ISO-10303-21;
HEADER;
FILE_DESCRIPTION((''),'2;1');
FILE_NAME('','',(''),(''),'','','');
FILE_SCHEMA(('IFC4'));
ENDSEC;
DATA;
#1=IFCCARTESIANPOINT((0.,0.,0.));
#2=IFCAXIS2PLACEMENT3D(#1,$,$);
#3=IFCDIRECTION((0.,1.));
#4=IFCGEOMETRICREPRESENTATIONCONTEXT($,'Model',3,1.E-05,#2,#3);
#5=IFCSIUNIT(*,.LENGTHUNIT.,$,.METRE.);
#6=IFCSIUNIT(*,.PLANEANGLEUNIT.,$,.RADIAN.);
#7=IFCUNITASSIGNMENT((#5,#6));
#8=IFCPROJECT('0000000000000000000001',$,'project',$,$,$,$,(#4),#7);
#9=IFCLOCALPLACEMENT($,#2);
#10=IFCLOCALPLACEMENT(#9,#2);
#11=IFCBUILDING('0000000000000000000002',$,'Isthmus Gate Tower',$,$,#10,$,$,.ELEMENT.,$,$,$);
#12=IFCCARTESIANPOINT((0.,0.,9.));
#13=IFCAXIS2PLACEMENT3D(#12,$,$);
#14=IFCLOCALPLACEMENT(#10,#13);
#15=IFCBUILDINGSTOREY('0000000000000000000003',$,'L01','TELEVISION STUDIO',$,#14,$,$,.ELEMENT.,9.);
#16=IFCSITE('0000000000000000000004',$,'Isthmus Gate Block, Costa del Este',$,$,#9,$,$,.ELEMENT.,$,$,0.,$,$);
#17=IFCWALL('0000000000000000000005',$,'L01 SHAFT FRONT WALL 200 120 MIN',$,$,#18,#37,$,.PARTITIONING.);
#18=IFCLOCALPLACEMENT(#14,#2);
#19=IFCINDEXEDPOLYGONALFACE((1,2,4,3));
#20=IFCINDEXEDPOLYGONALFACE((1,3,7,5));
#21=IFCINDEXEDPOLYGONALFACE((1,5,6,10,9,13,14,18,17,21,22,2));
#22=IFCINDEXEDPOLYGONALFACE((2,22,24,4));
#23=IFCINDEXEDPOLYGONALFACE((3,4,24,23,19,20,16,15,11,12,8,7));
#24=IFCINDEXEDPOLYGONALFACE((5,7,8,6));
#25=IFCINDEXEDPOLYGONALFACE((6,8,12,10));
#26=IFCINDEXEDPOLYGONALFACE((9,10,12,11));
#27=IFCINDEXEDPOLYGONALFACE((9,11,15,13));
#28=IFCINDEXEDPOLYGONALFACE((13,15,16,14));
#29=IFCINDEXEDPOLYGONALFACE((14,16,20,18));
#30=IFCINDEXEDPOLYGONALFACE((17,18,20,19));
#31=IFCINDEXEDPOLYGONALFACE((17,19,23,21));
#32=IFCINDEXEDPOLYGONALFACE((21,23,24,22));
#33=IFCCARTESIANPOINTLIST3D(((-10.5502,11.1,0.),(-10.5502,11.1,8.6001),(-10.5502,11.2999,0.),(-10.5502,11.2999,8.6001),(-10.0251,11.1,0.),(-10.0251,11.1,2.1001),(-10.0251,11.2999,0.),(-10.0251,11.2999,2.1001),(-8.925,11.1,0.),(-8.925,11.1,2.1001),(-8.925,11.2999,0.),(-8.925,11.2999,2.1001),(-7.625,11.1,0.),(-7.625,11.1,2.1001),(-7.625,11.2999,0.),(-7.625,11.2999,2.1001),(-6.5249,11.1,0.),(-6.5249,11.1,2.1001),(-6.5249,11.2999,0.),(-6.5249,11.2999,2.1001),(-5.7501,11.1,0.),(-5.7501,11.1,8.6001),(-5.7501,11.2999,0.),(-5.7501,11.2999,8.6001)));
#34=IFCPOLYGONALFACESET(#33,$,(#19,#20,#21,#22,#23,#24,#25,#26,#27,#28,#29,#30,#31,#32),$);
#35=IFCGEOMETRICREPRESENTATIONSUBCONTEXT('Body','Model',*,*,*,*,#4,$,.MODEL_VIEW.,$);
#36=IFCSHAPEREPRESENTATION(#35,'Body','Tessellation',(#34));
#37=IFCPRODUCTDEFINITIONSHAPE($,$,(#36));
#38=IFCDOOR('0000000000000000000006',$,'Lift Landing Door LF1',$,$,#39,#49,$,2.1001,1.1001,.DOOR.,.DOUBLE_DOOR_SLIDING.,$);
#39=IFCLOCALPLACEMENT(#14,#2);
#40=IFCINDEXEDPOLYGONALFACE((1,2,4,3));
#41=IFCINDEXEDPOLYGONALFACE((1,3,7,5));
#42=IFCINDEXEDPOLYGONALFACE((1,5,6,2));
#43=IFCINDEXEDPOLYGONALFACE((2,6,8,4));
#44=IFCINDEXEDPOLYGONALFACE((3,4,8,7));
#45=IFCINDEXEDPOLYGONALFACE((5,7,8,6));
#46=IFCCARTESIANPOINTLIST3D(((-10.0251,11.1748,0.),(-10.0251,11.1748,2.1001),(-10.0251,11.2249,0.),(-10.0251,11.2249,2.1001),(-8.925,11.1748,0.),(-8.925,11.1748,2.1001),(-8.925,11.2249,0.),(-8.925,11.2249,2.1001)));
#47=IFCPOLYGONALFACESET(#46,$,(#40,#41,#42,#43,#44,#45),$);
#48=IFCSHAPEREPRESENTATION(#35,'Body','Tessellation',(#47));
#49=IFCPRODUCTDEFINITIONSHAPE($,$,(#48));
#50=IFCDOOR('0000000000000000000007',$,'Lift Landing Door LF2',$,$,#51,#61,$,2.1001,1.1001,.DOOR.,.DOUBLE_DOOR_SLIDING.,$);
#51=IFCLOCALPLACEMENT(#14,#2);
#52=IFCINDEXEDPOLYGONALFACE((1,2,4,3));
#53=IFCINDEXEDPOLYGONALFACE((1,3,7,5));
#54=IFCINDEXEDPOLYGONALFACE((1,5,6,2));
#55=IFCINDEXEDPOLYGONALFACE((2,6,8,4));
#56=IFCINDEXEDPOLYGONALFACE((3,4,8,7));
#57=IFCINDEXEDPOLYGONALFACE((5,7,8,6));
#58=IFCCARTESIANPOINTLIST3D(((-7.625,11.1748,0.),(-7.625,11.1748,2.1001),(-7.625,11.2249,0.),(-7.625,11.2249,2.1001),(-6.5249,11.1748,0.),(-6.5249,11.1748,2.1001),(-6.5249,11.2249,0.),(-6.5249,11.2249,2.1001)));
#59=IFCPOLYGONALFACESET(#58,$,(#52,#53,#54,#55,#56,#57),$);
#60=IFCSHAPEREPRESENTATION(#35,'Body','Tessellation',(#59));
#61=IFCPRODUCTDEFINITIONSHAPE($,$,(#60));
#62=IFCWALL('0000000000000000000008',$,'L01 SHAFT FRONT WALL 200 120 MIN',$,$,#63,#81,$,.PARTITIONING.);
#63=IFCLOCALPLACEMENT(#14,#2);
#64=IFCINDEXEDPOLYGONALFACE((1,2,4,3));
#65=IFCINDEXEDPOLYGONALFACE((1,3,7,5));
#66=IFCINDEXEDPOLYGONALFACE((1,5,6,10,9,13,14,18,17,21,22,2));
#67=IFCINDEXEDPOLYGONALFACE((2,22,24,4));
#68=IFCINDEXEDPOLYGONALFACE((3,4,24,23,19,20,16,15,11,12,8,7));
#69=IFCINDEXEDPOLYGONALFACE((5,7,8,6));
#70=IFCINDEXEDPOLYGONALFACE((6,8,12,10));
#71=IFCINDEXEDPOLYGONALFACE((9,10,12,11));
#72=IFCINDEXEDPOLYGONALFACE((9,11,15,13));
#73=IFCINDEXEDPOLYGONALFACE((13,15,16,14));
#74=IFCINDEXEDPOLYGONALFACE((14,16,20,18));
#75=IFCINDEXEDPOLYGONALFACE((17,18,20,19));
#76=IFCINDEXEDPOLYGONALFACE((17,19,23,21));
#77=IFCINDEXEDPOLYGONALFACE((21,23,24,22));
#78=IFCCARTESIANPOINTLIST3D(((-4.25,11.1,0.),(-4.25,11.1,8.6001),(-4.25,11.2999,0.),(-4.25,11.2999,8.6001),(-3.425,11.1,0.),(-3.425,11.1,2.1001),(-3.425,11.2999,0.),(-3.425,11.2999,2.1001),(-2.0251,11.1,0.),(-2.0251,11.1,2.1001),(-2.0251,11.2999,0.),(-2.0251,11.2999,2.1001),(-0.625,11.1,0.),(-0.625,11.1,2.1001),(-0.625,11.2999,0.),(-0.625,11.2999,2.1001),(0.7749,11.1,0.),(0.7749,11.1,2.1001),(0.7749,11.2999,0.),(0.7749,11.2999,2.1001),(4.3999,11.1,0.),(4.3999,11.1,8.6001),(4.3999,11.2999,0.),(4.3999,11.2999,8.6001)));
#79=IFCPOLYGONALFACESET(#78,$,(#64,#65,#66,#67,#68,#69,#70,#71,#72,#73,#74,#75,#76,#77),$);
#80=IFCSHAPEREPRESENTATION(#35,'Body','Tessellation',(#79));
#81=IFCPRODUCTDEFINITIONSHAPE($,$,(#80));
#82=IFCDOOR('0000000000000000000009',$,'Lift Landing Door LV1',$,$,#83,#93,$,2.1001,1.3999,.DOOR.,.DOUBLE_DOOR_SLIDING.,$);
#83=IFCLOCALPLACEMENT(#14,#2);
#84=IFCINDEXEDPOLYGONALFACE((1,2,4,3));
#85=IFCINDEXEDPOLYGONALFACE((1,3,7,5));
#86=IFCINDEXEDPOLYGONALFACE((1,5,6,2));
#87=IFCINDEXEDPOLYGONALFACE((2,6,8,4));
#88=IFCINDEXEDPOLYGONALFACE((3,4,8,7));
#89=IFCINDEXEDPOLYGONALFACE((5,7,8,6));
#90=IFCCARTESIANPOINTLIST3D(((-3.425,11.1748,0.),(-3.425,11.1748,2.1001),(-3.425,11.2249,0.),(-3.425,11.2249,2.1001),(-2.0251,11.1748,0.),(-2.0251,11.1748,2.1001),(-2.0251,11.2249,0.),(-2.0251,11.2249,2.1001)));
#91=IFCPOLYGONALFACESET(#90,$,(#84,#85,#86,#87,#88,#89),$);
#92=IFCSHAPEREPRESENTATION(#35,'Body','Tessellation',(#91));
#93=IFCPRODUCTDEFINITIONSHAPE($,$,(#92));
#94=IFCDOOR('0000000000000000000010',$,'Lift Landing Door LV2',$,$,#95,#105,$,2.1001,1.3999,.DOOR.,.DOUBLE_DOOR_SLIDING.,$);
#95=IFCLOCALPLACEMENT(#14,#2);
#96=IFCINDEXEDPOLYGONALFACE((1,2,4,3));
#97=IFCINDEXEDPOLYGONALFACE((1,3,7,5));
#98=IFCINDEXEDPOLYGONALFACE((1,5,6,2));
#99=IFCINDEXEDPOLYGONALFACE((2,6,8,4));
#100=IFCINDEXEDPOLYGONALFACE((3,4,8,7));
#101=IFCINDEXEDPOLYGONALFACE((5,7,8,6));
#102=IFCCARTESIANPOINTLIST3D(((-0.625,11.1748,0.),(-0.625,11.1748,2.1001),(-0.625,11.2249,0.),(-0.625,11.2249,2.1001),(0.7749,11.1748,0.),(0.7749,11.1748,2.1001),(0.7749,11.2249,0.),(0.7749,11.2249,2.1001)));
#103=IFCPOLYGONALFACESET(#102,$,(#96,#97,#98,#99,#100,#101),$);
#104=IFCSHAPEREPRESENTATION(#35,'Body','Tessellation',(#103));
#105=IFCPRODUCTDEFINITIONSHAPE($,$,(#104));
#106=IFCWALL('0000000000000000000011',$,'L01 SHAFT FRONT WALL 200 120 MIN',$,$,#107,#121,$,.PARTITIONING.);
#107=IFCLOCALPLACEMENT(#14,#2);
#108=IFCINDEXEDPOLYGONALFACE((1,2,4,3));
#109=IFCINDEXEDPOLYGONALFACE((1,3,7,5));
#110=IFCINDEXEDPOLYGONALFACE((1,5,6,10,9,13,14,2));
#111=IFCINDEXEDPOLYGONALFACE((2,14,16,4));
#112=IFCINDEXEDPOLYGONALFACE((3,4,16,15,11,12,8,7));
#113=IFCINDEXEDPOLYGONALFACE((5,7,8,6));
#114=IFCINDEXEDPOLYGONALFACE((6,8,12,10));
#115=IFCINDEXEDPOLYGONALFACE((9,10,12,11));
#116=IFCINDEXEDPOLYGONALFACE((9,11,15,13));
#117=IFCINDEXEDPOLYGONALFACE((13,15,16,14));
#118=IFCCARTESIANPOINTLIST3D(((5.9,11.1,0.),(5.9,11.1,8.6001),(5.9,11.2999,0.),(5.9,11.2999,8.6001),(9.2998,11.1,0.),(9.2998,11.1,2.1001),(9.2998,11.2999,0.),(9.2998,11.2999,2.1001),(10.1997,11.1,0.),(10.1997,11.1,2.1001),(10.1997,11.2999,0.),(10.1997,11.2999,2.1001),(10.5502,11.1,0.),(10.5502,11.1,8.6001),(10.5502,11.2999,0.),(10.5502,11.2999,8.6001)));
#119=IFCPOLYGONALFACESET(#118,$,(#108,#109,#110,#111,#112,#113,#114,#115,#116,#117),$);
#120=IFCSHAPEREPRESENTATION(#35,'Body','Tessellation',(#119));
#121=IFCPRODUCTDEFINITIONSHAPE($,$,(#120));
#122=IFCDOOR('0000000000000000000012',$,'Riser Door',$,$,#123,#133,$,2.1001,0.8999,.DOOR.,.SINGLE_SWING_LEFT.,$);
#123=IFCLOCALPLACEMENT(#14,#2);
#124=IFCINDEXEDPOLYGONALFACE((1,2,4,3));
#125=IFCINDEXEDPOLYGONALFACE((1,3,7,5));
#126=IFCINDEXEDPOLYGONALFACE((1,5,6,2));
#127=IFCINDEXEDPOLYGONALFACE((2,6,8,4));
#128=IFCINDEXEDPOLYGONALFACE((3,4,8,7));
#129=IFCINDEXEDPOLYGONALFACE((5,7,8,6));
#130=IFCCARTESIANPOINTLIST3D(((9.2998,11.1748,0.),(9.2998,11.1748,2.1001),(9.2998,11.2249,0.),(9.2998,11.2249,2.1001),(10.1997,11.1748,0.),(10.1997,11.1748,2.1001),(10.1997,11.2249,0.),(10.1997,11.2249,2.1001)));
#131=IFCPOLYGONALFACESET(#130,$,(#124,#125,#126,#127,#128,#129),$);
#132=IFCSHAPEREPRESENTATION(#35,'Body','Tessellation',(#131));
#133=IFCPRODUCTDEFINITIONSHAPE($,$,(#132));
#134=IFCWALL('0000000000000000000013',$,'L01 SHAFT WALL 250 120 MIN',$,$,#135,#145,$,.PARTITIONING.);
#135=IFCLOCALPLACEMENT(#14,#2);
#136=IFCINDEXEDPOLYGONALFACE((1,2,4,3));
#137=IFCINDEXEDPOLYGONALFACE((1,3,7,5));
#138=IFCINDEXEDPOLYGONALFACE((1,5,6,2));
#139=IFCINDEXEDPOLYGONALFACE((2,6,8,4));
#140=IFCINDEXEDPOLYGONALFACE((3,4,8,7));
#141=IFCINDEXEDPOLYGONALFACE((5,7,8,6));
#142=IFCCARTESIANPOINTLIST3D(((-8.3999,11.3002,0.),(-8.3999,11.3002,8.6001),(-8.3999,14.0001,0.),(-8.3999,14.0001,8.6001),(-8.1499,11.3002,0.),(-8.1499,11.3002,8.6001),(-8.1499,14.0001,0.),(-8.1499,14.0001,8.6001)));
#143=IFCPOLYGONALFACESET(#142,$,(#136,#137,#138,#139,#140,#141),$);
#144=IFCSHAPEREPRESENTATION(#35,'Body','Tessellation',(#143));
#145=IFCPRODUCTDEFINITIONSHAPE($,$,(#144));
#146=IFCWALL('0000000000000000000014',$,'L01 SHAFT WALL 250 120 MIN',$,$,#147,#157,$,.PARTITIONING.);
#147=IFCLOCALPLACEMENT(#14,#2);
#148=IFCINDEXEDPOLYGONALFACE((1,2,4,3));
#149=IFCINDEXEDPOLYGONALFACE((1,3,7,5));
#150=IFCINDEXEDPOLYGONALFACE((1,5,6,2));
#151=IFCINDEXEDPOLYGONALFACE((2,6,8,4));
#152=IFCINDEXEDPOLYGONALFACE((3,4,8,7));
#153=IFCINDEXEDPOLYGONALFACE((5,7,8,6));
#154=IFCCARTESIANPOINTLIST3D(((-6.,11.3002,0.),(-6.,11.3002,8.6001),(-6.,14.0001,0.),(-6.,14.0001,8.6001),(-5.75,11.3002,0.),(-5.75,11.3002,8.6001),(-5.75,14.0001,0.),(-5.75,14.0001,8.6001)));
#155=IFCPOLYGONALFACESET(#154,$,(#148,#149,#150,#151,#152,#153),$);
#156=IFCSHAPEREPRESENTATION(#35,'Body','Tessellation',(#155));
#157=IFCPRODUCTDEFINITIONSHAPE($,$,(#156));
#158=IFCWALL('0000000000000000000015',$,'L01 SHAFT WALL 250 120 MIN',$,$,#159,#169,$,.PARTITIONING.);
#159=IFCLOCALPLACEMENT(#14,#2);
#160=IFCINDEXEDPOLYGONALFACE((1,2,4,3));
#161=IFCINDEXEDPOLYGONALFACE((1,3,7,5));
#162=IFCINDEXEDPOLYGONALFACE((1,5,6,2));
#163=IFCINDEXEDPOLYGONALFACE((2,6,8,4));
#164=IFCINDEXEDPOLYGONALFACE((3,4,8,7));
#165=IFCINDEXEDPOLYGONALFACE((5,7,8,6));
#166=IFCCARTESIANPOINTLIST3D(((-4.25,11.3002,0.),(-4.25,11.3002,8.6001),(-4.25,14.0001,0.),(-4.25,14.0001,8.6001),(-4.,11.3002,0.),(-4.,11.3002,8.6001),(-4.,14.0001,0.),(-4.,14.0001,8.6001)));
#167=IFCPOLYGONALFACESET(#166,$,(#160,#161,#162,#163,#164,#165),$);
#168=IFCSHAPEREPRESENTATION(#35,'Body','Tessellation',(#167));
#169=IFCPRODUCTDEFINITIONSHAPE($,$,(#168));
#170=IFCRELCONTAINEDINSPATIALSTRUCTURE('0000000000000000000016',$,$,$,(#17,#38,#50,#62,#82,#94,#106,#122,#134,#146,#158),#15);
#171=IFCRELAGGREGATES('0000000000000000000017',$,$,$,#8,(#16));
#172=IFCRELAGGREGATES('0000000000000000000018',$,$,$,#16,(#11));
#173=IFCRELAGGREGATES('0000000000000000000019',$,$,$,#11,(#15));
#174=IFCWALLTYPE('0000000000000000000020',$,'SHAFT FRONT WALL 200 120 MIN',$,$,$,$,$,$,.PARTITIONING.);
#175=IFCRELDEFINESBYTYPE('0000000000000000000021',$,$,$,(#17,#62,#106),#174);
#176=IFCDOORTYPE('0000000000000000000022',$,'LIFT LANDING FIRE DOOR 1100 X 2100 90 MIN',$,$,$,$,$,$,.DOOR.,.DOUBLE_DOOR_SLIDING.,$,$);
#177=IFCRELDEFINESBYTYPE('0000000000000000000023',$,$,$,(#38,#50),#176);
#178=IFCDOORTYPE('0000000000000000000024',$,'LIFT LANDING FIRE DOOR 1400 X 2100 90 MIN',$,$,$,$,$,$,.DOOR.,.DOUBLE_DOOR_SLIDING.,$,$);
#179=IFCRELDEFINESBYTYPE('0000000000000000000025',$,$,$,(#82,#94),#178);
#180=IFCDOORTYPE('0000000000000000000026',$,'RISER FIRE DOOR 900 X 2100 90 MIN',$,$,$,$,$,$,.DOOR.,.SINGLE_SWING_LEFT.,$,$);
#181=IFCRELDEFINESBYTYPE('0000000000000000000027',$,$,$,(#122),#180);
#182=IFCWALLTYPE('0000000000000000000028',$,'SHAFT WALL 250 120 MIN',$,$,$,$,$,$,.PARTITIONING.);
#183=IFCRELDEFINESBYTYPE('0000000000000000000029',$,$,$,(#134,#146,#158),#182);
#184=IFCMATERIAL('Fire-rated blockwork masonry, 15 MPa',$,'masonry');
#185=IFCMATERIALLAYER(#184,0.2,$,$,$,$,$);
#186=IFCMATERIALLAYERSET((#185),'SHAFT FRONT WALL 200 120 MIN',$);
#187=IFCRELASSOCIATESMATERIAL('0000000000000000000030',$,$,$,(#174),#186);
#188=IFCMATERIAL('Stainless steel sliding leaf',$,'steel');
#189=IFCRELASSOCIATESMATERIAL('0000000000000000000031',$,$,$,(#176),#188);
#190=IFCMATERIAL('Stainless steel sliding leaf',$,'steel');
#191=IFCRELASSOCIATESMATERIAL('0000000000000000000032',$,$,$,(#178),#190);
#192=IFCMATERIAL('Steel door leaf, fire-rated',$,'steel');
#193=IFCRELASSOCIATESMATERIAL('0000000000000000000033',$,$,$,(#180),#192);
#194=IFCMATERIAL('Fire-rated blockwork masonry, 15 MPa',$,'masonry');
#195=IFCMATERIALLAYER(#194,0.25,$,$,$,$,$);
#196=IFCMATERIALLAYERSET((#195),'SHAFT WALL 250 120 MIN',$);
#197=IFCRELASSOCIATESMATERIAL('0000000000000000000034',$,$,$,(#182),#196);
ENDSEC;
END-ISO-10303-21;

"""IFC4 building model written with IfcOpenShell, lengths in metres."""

from ifc_helpers import new_model, si_unit, direction, frame, frame_2d, origin, place, context, subcontext, project, spatial, rectangle, extrude, material, layer, layer_set, type_object, element, fill, save


model = new_model("IFC4")

# Units and contexts
model_context = context("Model", 3, precision=1e-05, world=origin(), true_north=direction((0.0, 1.0)))
body_context = subcontext(model_context, "Body", "Model", "MODEL_VIEW")
ifc_project = project(units=[si_unit("LENGTHUNIT", "METRE"), si_unit("PLANEANGLEUNIT", "RADIAN")], contexts=[model_context])

# Site, building, storey
site_placement = place(None, origin())
site = spatial("IfcSite", under=ifc_project, at=site_placement, Name="Isthmus Gate Block, Costa del Este", CompositionType="ELEMENT", RefElevation=0.0)
building_placement = place(site_placement, origin())
building = spatial("IfcBuilding", under=site, at=building_placement, Name="Isthmus Gate Tower", CompositionType="ELEMENT")
storey_placement = place(building_placement, frame((0.0, 0.0, 9.0)))
storey = spatial("IfcBuildingStorey", under=building, at=storey_placement, Name="L01", Description="TELEVISION STUDIO", CompositionType="ELEMENT", Elevation=9.0)

# Walls, openings, doors
ifc_material_1 = material(Name="Fire-rated blockwork masonry, 15 MPa", Category="masonry")
ifc_layer_1 = layer(ifc_material_1, 0.2)
ifc_layer_set_1 = layer_set([ifc_layer_1], Name="SHAFT FRONT WALL 200 120 MIN")
wall_type_1 = type_object("IfcWallType", Name="SHAFT FRONT WALL 200 120 MIN", PredefinedType="PARTITIONING", material=ifc_layer_set_1)
wall_1_placement = place(storey_placement, frame((-10.55, 11.2, 0.0), z_axis=(0.0, 0.0, 1.0), x_axis=(1.0, 0.0, 0.0)))
wall_1 = element("IfcWall", 1, at=wall_1_placement, inside=storey, type_object=wall_type_1, Name="L01 SHAFT FRONT WALL 200 120 MIN", PredefinedType="PARTITIONING", context=body_context, shape_type="SweptSolid", body=[
    extrude(rectangle(XDim=4.8, YDim=0.2, at=frame_2d((2.3999, 0.0))), origin(), (0.0, 0.0, 1.0), 8.6001),
])
opening_1_placement = place(wall_1_placement, frame((0.5249, 0.0, 0.0)))
opening_1 = element("IfcOpeningElement", 2, at=opening_1_placement, cuts=wall_1, PredefinedType="OPENING", context=body_context, shape_type="SweptSolid", body=[
    extrude(rectangle(XDim=1.1001, YDim=2.1001, at=frame_2d((0.55, 1.05))), frame((0.0, 0.1099, 0.0), z_axis=(0.0, -1.0, 0.0), x_axis=(1.0, 0.0, 0.0)), (0.0, 0.0, 1.0), 0.22),
])
opening_2_placement = place(wall_1_placement, frame((2.925, 0.0, 0.0)))
opening_2 = element("IfcOpeningElement", 3, at=opening_2_placement, cuts=wall_1, PredefinedType="OPENING", context=body_context, shape_type="SweptSolid", body=[
    extrude(rectangle(XDim=1.1001, YDim=2.1001, at=frame_2d((0.55, 1.05))), frame((0.0, 0.1099, 0.0), z_axis=(0.0, -1.0, 0.0), x_axis=(1.0, 0.0, 0.0)), (0.0, 0.0, 1.0), 0.22),
])
ifc_material_2 = material(Name="Stainless steel sliding leaf", Category="steel")
door_type_1 = type_object("IfcDoorType", Name="LIFT LANDING FIRE DOOR 1100 X 2100 90 MIN", OperationType="DOUBLE_DOOR_SLIDING", PredefinedType="DOOR", material=ifc_material_2)
door_1_placement = place(opening_1_placement, origin())
door_1 = element("IfcDoor", 4, at=door_1_placement, inside=storey, type_object=door_type_1, Name="Lift Landing Door LF1", OperationType="DOUBLE_DOOR_SLIDING", OverallHeight=2.1001, OverallWidth=1.1001, PredefinedType="DOOR", context=body_context, shape_type="SweptSolid", body=[
    extrude(rectangle(XDim=1.1001, YDim=2.1001, at=frame_2d((0.55, 1.05))), frame((0.0, 0.0249, 0.0), z_axis=(0.0, -1.0, 0.0), x_axis=(1.0, 0.0, 0.0)), (0.0, 0.0, 1.0), 0.05),
])
fill(opening_1, door_1)
door_2_placement = place(opening_2_placement, origin())
door_2 = element("IfcDoor", 5, at=door_2_placement, inside=storey, type_object=door_type_1, Name="Lift Landing Door LF2", OperationType="DOUBLE_DOOR_SLIDING", OverallHeight=2.1001, OverallWidth=1.1001, PredefinedType="DOOR", context=body_context, shape_type="SweptSolid", body=[
    extrude(rectangle(XDim=1.1001, YDim=2.1001, at=frame_2d((0.55, 1.05))), frame((0.0, 0.0249, 0.0), z_axis=(0.0, -1.0, 0.0), x_axis=(1.0, 0.0, 0.0)), (0.0, 0.0, 1.0), 0.05),
])
fill(opening_2, door_2)
wall_2_placement = place(storey_placement, frame((-4.25, 11.2, 0.0), z_axis=(0.0, 0.0, 1.0), x_axis=(1.0, 0.0, 0.0)))
wall_2 = element("IfcWall", 6, at=wall_2_placement, inside=storey, type_object=wall_type_1, Name="L01 SHAFT FRONT WALL 200 120 MIN", PredefinedType="PARTITIONING", context=body_context, shape_type="SweptSolid", body=[
    extrude(rectangle(XDim=8.6499, YDim=0.2, at=frame_2d((4.325, 0.0))), origin(), (0.0, 0.0, 1.0), 8.6001),
])
opening_3_placement = place(wall_2_placement, frame((0.825, 0.0, 0.0)))
opening_3 = element("IfcOpeningElement", 7, at=opening_3_placement, cuts=wall_2, PredefinedType="OPENING", context=body_context, shape_type="SweptSolid", body=[
    extrude(rectangle(XDim=1.3999, YDim=2.1001, at=frame_2d((0.7, 1.05))), frame((0.0, 0.1099, 0.0), z_axis=(0.0, -1.0, 0.0), x_axis=(1.0, 0.0, 0.0)), (0.0, 0.0, 1.0), 0.22),
])
opening_4_placement = place(wall_2_placement, frame((3.625, 0.0, 0.0)))
opening_4 = element("IfcOpeningElement", 8, at=opening_4_placement, cuts=wall_2, PredefinedType="OPENING", context=body_context, shape_type="SweptSolid", body=[
    extrude(rectangle(XDim=1.3999, YDim=2.1001, at=frame_2d((0.7, 1.05))), frame((0.0, 0.1099, 0.0), z_axis=(0.0, -1.0, 0.0), x_axis=(1.0, 0.0, 0.0)), (0.0, 0.0, 1.0), 0.22),
])
ifc_material_3 = material(Name="Stainless steel sliding leaf", Category="steel")
door_type_2 = type_object("IfcDoorType", Name="LIFT LANDING FIRE DOOR 1400 X 2100 90 MIN", OperationType="DOUBLE_DOOR_SLIDING", PredefinedType="DOOR", material=ifc_material_3)
door_3_placement = place(opening_3_placement, origin())
door_3 = element("IfcDoor", 9, at=door_3_placement, inside=storey, type_object=door_type_2, Name="Lift Landing Door LV1", OperationType="DOUBLE_DOOR_SLIDING", OverallHeight=2.1001, OverallWidth=1.3999, PredefinedType="DOOR", context=body_context, shape_type="SweptSolid", body=[
    extrude(rectangle(XDim=1.3999, YDim=2.1001, at=frame_2d((0.7, 1.05))), frame((0.0, 0.0249, 0.0), z_axis=(0.0, -1.0, 0.0), x_axis=(1.0, 0.0, 0.0)), (0.0, 0.0, 1.0), 0.05),
])
fill(opening_3, door_3)
door_4_placement = place(opening_4_placement, origin())
door_4 = element("IfcDoor", 10, at=door_4_placement, inside=storey, type_object=door_type_2, Name="Lift Landing Door LV2", OperationType="DOUBLE_DOOR_SLIDING", OverallHeight=2.1001, OverallWidth=1.3999, PredefinedType="DOOR", context=body_context, shape_type="SweptSolid", body=[
    extrude(rectangle(XDim=1.3999, YDim=2.1001, at=frame_2d((0.7, 1.05))), frame((0.0, 0.0249, 0.0), z_axis=(0.0, -1.0, 0.0), x_axis=(1.0, 0.0, 0.0)), (0.0, 0.0, 1.0), 0.05),
])
fill(opening_4, door_4)

# Wall, opening, door
wall_3_placement = place(storey_placement, frame((5.8999, 11.2, 0.0), z_axis=(0.0, 0.0, 1.0), x_axis=(1.0, 0.0, 0.0)))
wall_3 = element("IfcWall", 11, at=wall_3_placement, inside=storey, type_object=wall_type_1, Name="L01 SHAFT FRONT WALL 200 120 MIN", PredefinedType="PARTITIONING", context=body_context, shape_type="SweptSolid", body=[
    extrude(rectangle(XDim=4.6501, YDim=0.2, at=frame_2d((2.3252, 0.0))), origin(), (0.0, 0.0, 1.0), 8.6001),
])
opening_5_placement = place(wall_3_placement, frame((3.3999, 0.0, 0.0)))
opening_5 = element("IfcOpeningElement", 12, at=opening_5_placement, cuts=wall_3, PredefinedType="OPENING", context=body_context, shape_type="SweptSolid", body=[
    extrude(rectangle(XDim=0.8999, YDim=2.1001, at=frame_2d((0.45, 1.05))), frame((0.0, 0.1099, 0.0), z_axis=(0.0, -1.0, 0.0), x_axis=(1.0, 0.0, 0.0)), (0.0, 0.0, 1.0), 0.22),
])
ifc_material_4 = material(Name="Steel door leaf, fire-rated", Category="steel")
door_type_3 = type_object("IfcDoorType", Name="RISER FIRE DOOR 900 X 2100 90 MIN", OperationType="SINGLE_SWING_LEFT", PredefinedType="DOOR", material=ifc_material_4)
door_5_placement = place(opening_5_placement, origin())
door_5 = element("IfcDoor", 13, at=door_5_placement, inside=storey, type_object=door_type_3, Name="Riser Door", OperationType="SINGLE_SWING_LEFT", OverallHeight=2.1001, OverallWidth=0.8999, PredefinedType="DOOR", context=body_context, shape_type="SweptSolid", body=[
    extrude(rectangle(XDim=0.8999, YDim=2.1001, at=frame_2d((0.45, 1.05))), frame((0.0, 0.0249, 0.0), z_axis=(0.0, -1.0, 0.0), x_axis=(1.0, 0.0, 0.0)), (0.0, 0.0, 1.0), 0.05),
])
fill(opening_5, door_5)

# Walls
ifc_material_5 = material(Name="Fire-rated blockwork masonry, 15 MPa", Category="masonry")
ifc_layer_2 = layer(ifc_material_5, 0.25)
ifc_layer_set_2 = layer_set([ifc_layer_2], Name="SHAFT WALL 250 120 MIN")
wall_type_2 = type_object("IfcWallType", Name="SHAFT WALL 250 120 MIN", PredefinedType="PARTITIONING", material=ifc_layer_set_2)
for number, where, z_axis, x_axis, name in (
    (14, (-8.2749, 11.3, 0.0), (0.0, 0.0, 1.0), (0.0, 1.0, 0.0), "L01 SHAFT WALL 250 120 MIN"),
    (15, (-5.875, 11.3, 0.0), (0.0, 0.0, 1.0), (0.0, 1.0, 0.0), "L01 SHAFT WALL 250 120 MIN"),
    (16, (-4.125, 11.3, 0.0), (0.0, 0.0, 1.0), (0.0, 1.0, 0.0), "L01 SHAFT WALL 250 120 MIN"),
):
    element("IfcWall", number, at=place(storey_placement, frame(where, z_axis=z_axis, x_axis=x_axis)), inside=storey, type_object=wall_type_2, Name=name, PredefinedType="PARTITIONING", context=body_context, shape_type="SweptSolid", body=[
        extrude(rectangle(XDim=2.7, YDim=0.25, at=frame_2d((1.3501, 0.0))), origin(), (0.0, 0.0, 1.0), 8.6001),
    ])

save(model, "model.ifc")
